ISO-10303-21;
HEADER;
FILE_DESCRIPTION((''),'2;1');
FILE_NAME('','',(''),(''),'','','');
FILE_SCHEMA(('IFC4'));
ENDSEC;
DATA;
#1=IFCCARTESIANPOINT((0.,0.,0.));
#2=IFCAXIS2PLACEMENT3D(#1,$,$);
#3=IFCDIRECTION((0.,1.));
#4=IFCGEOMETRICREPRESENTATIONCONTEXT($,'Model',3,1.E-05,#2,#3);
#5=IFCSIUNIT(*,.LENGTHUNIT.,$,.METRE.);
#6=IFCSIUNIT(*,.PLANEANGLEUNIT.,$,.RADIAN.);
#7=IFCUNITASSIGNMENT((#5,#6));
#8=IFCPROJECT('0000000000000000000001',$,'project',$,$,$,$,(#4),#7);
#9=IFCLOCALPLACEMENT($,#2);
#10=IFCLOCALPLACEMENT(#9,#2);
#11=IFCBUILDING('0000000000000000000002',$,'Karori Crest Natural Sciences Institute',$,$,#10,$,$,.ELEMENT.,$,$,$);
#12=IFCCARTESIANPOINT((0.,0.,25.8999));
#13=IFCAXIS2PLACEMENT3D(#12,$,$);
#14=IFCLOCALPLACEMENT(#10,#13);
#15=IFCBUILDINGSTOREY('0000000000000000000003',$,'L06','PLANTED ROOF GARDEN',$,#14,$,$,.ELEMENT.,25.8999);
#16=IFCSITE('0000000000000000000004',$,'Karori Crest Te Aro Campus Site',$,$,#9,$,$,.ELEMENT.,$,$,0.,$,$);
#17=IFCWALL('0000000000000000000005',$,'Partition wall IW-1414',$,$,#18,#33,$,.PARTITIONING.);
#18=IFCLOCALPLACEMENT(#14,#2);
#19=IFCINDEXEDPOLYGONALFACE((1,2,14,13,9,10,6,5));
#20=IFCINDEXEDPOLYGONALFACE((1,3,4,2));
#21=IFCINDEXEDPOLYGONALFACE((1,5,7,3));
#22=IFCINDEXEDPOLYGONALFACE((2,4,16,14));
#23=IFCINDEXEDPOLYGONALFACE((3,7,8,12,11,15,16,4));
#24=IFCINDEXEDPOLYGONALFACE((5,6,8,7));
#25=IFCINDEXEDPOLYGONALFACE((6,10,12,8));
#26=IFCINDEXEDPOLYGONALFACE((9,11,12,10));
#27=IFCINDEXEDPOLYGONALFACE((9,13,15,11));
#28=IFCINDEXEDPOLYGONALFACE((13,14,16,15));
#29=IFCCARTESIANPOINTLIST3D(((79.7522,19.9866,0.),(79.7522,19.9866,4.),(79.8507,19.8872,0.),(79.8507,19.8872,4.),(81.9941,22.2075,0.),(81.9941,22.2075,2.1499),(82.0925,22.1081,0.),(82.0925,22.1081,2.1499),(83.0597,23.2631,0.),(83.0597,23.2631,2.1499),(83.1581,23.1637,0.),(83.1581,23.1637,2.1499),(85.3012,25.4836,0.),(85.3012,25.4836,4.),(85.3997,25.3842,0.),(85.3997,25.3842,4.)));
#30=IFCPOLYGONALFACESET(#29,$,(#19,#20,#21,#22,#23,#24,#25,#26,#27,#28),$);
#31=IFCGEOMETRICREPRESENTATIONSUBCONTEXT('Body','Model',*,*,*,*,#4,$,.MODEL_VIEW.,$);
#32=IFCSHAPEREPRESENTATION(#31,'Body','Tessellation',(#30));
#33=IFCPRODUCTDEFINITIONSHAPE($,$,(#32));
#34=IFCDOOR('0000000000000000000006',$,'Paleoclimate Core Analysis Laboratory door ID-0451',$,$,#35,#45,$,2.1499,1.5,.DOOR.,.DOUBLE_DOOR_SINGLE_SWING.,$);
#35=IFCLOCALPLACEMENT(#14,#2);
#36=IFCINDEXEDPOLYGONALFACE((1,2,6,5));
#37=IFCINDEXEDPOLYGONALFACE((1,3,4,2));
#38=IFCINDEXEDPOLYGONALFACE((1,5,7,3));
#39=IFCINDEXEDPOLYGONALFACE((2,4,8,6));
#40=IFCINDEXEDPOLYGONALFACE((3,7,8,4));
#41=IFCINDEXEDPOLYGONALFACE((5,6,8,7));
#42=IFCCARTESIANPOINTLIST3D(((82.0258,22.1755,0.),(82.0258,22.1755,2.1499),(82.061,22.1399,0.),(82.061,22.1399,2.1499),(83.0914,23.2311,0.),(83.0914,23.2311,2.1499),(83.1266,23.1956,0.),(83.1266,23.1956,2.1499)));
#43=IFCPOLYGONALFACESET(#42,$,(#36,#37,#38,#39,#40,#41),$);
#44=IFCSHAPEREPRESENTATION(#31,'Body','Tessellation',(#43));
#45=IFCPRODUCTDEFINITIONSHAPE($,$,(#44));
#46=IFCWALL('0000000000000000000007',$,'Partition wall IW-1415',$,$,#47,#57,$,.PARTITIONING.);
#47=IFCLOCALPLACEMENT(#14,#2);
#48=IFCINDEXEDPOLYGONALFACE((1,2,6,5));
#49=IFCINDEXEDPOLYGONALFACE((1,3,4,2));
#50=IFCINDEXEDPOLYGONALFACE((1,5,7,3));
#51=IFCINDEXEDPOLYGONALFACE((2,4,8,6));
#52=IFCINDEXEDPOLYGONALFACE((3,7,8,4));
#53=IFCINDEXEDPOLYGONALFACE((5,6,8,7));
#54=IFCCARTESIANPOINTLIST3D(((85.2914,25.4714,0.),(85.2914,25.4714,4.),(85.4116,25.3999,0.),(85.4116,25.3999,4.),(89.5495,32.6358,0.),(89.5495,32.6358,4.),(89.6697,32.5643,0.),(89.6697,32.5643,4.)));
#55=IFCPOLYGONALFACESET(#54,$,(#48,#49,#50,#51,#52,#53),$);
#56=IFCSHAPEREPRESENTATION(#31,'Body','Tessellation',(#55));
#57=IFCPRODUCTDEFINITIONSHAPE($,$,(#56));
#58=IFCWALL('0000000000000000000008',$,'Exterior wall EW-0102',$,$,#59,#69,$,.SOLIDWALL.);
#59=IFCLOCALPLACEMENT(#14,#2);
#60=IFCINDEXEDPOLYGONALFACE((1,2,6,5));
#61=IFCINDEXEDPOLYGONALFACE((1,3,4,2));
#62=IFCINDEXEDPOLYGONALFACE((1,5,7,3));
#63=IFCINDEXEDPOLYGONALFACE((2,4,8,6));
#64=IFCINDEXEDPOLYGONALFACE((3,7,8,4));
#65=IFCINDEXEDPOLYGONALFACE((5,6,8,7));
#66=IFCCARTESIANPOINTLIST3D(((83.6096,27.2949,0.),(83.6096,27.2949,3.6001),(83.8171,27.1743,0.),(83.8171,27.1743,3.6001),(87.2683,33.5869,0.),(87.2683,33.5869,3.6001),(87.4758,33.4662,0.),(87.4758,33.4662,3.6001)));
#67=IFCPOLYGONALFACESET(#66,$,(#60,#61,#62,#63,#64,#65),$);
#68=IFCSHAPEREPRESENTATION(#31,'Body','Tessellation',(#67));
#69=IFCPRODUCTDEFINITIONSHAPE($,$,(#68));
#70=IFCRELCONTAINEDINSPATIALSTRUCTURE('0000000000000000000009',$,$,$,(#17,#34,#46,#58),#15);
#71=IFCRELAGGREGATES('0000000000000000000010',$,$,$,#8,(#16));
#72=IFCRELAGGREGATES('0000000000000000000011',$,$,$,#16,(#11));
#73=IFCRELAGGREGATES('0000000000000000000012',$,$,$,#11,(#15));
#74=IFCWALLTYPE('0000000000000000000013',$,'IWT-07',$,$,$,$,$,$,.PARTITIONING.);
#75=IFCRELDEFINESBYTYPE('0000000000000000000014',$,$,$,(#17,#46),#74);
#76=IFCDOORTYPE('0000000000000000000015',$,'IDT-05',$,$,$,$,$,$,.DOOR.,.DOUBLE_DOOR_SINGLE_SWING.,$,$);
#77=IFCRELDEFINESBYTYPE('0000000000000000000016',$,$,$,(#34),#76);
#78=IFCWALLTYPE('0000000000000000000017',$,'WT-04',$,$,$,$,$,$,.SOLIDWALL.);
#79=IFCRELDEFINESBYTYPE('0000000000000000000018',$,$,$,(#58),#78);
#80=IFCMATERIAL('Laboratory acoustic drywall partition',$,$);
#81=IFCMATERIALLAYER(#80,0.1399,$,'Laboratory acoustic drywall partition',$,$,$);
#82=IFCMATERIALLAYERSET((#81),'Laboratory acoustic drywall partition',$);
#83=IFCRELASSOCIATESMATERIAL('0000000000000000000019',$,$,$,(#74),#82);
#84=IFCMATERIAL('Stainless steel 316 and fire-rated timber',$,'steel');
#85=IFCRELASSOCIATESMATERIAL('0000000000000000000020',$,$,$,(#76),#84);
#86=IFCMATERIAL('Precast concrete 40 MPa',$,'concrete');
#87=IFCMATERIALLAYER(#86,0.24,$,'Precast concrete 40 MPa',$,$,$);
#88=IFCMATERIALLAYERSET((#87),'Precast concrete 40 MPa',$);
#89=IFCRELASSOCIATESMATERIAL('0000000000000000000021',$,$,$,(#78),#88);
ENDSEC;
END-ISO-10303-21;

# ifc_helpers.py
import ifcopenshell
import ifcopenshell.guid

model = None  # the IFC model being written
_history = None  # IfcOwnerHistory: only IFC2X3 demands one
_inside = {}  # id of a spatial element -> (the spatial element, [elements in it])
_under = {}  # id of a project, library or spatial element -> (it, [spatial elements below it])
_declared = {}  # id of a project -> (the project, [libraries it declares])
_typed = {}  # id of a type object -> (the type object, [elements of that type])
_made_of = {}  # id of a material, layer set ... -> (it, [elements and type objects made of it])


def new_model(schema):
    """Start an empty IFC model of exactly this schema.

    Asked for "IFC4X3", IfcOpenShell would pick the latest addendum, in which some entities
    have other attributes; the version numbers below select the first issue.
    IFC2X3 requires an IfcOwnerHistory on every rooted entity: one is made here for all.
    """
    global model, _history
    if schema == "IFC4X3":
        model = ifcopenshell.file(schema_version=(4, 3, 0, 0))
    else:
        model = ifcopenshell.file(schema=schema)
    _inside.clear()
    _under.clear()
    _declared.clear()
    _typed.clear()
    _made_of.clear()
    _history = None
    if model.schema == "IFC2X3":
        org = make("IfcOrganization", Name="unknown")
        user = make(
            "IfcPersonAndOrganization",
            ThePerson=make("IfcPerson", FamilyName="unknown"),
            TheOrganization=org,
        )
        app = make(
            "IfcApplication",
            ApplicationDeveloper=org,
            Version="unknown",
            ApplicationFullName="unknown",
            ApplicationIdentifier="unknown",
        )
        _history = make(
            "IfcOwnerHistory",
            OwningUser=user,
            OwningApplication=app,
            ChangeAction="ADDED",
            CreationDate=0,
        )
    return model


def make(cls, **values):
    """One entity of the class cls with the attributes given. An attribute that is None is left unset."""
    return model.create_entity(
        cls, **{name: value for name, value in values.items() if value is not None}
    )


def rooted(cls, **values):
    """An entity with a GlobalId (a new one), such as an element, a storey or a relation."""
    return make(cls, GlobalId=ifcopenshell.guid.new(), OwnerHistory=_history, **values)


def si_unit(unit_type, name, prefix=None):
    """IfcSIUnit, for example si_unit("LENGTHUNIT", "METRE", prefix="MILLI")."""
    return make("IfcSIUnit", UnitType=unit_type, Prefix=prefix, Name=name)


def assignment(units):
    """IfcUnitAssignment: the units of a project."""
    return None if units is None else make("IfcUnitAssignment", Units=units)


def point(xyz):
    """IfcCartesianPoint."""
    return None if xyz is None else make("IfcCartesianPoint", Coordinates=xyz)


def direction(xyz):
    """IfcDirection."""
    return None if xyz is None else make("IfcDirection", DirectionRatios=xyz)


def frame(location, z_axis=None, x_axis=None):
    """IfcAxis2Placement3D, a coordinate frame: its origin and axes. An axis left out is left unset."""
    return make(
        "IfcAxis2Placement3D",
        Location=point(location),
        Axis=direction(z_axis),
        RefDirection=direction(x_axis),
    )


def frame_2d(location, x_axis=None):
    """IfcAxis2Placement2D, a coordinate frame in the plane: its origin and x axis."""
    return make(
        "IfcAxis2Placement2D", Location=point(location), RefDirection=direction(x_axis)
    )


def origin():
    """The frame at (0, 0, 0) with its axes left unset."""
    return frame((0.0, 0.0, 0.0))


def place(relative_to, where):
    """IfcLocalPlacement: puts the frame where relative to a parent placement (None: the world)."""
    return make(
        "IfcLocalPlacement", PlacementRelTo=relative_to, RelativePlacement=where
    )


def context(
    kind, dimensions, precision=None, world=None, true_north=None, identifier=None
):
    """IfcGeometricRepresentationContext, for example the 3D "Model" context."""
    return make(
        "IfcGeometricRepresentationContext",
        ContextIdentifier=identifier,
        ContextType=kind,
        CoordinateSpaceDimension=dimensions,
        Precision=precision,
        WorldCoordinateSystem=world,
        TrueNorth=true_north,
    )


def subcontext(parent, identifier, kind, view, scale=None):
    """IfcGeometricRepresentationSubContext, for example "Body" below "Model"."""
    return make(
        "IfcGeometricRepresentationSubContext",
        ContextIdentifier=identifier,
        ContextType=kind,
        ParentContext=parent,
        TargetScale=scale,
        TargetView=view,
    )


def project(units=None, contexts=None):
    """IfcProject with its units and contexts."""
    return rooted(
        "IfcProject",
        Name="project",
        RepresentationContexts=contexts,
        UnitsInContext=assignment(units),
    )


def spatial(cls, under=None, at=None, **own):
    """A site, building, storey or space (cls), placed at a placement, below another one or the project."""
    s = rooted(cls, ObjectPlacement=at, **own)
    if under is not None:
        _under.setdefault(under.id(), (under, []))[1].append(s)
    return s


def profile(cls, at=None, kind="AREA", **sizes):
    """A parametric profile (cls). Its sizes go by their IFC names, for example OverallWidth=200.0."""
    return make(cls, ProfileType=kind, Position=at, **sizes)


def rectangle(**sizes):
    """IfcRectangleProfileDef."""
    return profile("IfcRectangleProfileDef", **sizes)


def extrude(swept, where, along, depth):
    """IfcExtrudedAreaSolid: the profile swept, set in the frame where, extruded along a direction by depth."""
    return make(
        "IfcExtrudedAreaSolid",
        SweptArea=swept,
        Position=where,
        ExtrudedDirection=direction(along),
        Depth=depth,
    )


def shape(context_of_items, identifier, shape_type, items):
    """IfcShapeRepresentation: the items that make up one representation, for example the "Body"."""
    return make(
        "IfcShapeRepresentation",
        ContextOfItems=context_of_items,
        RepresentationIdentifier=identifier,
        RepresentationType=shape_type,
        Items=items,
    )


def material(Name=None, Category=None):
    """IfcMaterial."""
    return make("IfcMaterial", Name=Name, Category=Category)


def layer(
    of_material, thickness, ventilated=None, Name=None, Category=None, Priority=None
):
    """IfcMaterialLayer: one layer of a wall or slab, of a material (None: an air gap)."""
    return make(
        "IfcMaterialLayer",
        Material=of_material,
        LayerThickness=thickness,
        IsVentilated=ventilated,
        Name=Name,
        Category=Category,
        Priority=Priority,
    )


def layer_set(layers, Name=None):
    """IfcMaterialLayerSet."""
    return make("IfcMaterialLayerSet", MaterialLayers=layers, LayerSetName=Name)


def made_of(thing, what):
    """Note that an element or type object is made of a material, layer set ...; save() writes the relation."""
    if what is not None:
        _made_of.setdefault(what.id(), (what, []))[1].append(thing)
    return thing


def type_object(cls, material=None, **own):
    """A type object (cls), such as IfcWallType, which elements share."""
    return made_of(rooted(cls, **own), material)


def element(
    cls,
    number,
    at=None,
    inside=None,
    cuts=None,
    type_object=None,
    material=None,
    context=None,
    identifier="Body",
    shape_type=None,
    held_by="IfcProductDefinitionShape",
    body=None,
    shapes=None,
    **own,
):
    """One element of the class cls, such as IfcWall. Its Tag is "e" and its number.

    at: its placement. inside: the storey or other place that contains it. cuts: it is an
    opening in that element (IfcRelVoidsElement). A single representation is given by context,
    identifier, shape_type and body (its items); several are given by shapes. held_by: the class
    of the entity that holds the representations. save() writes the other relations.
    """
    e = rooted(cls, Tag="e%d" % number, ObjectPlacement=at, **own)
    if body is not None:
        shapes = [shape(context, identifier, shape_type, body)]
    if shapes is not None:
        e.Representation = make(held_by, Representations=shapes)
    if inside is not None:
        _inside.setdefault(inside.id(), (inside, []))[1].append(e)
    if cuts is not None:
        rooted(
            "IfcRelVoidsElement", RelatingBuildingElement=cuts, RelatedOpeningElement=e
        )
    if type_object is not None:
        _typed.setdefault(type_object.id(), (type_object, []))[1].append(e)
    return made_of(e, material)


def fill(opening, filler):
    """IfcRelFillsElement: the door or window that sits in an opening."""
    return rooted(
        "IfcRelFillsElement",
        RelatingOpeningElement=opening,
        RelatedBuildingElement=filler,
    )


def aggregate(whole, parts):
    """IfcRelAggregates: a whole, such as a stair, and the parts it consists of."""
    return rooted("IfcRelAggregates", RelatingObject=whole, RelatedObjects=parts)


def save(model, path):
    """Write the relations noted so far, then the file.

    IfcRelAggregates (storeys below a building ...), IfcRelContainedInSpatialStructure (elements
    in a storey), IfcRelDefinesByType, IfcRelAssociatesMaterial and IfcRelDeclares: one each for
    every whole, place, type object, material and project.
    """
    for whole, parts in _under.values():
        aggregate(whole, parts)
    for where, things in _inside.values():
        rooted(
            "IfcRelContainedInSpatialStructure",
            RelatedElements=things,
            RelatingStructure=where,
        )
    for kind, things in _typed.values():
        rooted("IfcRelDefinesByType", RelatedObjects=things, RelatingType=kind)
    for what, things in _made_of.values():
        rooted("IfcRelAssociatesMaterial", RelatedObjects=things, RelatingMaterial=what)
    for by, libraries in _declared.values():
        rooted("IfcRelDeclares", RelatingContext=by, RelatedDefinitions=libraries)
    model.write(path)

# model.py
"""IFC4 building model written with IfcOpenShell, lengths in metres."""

from ifc_helpers import new_model, si_unit, direction, frame, frame_2d, origin, place, context, subcontext, project, spatial, rectangle, extrude, material, layer, layer_set, type_object, element, fill, save


model = new_model("IFC4")

# Units and contexts
model_context = context("Model", 3, precision=1e-05, world=origin(), true_north=direction((0.0, 1.0)))
body_context = subcontext(model_context, "Body", "Model", "MODEL_VIEW")
ifc_project = project(units=[si_unit("LENGTHUNIT", "METRE"), si_unit("PLANEANGLEUNIT", "RADIAN")], contexts=[model_context])

# Site, building, storey
site_placement = place(None, origin())
site = spatial("IfcSite", under=ifc_project, at=site_placement, Name="Karori Crest Te Aro Campus Site", CompositionType="ELEMENT", RefElevation=0.0)
building_placement = place(site_placement, origin())
building = spatial("IfcBuilding", under=site, at=building_placement, Name="Karori Crest Natural Sciences Institute", CompositionType="ELEMENT")
storey_placement = place(building_placement, frame((0.0, 0.0, 25.8999)))
storey = spatial("IfcBuildingStorey", under=building, at=storey_placement, Name="L06", Description="PLANTED ROOF GARDEN", CompositionType="ELEMENT", Elevation=25.8999)

# Shared definitions
ifc_material_1 = material(Name="Laboratory acoustic drywall partition")
ifc_layer_1 = layer(ifc_material_1, 0.1399, Name="Laboratory acoustic drywall partition")
ifc_layer_set_1 = layer_set([ifc_layer_1], Name="Laboratory acoustic drywall partition")
wall_type_1 = type_object("IfcWallType", Name="IWT-07", PredefinedType="PARTITIONING", material=ifc_layer_set_1)

# Wall, opening, door
wall_1_placement = place(storey_placement, frame((79.8015, 19.937, 0.0), z_axis=(0.0, 0.0, 1.0), x_axis=(0.710428, 0.70377, 0.0)))
wall_1 = element("IfcWall", 1, at=wall_1_placement, inside=storey, type_object=wall_type_1, Name="Partition wall IW-1414", PredefinedType="PARTITIONING", context=body_context, shape_type="SweptSolid", body=[
    extrude(rectangle(XDim=7.8108, YDim=0.1399, at=frame_2d((3.9053, 0.0))), origin(), (0.0, 0.0, 1.0), 4.0),
])
opening_placement = place(wall_1_placement, frame((3.1555, 0.0, 0.0)))
opening = element("IfcOpeningElement", 2, at=opening_placement, cuts=wall_1, PredefinedType="OPENING", context=body_context, shape_type="SweptSolid", body=[
    extrude(rectangle(XDim=1.5, YDim=2.1499, at=frame_2d((0.75, 1.075))), frame((0.0, 0.0801, 0.0), z_axis=(0.0, -1.0, 0.0), x_axis=(1.0, 0.0, 0.0)), (0.0, 0.0, 1.0), 0.1599),
])
ifc_material_2 = material(Name="Stainless steel 316 and fire-rated timber", Category="steel")
door_type = type_object("IfcDoorType", Name="IDT-05", OperationType="DOUBLE_DOOR_SINGLE_SWING", PredefinedType="DOOR", material=ifc_material_2)
door_placement = place(opening_placement, origin())
door = element("IfcDoor", 3, at=door_placement, inside=storey, type_object=door_type, Name="Paleoclimate Core Analysis Laboratory door ID-0451", OperationType="DOUBLE_DOOR_SINGLE_SWING", OverallHeight=2.1499, OverallWidth=1.5, PredefinedType="DOOR", context=body_context, shape_type="SweptSolid", body=[
    extrude(rectangle(XDim=1.5, YDim=2.1499, at=frame_2d((0.75, 1.075))), frame((0.0, 0.0249, 0.0), z_axis=(0.0, -1.0, 0.0), x_axis=(1.0, 0.0, 0.0)), (0.0, 0.0, 1.0), 0.05),
])
fill(opening, door)

# Walls
wall_2_placement = place(storey_placement, frame((85.3516, 25.4358, 0.0), z_axis=(0.0, 0.0, 1.0), x_axis=(0.510916, 0.859631, 0.0)))
element("IfcWall", 4, at=wall_2_placement, inside=storey, type_object=wall_type_1, Name="Partition wall IW-1415", PredefinedType="PARTITIONING", context=body_context, shape_type="SweptSolid", body=[
    extrude(rectangle(XDim=8.3342, YDim=0.1399, at=frame_2d((4.167, 0.0))), origin(), (0.0, 0.0, 1.0), 4.0),
])
ifc_material_3 = material(Name="Precast concrete 40 MPa", Category="concrete")
ifc_layer_2 = layer(ifc_material_3, 0.24, Name="Precast concrete 40 MPa")
ifc_layer_set_2 = layer_set([ifc_layer_2], Name="Precast concrete 40 MPa")
wall_type_2 = type_object("IfcWallType", Name="WT-04", PredefinedType="SOLIDWALL", material=ifc_layer_set_2)
wall_3_placement = place(storey_placement, frame((83.7134, 27.2346, 0.0), z_axis=(0.0, 0.0, 1.0), x_axis=(0.502678, 0.864474, 0.0)))
element("IfcWall", 5, at=wall_3_placement, inside=storey, type_object=wall_type_2, Name="Exterior wall EW-0102", PredefinedType="SOLIDWALL", context=body_context, shape_type="SweptSolid", body=[
    extrude(rectangle(XDim=7.2783, YDim=0.24, at=frame_2d((3.6392, 0.0))), origin(), (0.0, 0.0, 1.0), 3.6001),
])

save(model, "model.ifc")
